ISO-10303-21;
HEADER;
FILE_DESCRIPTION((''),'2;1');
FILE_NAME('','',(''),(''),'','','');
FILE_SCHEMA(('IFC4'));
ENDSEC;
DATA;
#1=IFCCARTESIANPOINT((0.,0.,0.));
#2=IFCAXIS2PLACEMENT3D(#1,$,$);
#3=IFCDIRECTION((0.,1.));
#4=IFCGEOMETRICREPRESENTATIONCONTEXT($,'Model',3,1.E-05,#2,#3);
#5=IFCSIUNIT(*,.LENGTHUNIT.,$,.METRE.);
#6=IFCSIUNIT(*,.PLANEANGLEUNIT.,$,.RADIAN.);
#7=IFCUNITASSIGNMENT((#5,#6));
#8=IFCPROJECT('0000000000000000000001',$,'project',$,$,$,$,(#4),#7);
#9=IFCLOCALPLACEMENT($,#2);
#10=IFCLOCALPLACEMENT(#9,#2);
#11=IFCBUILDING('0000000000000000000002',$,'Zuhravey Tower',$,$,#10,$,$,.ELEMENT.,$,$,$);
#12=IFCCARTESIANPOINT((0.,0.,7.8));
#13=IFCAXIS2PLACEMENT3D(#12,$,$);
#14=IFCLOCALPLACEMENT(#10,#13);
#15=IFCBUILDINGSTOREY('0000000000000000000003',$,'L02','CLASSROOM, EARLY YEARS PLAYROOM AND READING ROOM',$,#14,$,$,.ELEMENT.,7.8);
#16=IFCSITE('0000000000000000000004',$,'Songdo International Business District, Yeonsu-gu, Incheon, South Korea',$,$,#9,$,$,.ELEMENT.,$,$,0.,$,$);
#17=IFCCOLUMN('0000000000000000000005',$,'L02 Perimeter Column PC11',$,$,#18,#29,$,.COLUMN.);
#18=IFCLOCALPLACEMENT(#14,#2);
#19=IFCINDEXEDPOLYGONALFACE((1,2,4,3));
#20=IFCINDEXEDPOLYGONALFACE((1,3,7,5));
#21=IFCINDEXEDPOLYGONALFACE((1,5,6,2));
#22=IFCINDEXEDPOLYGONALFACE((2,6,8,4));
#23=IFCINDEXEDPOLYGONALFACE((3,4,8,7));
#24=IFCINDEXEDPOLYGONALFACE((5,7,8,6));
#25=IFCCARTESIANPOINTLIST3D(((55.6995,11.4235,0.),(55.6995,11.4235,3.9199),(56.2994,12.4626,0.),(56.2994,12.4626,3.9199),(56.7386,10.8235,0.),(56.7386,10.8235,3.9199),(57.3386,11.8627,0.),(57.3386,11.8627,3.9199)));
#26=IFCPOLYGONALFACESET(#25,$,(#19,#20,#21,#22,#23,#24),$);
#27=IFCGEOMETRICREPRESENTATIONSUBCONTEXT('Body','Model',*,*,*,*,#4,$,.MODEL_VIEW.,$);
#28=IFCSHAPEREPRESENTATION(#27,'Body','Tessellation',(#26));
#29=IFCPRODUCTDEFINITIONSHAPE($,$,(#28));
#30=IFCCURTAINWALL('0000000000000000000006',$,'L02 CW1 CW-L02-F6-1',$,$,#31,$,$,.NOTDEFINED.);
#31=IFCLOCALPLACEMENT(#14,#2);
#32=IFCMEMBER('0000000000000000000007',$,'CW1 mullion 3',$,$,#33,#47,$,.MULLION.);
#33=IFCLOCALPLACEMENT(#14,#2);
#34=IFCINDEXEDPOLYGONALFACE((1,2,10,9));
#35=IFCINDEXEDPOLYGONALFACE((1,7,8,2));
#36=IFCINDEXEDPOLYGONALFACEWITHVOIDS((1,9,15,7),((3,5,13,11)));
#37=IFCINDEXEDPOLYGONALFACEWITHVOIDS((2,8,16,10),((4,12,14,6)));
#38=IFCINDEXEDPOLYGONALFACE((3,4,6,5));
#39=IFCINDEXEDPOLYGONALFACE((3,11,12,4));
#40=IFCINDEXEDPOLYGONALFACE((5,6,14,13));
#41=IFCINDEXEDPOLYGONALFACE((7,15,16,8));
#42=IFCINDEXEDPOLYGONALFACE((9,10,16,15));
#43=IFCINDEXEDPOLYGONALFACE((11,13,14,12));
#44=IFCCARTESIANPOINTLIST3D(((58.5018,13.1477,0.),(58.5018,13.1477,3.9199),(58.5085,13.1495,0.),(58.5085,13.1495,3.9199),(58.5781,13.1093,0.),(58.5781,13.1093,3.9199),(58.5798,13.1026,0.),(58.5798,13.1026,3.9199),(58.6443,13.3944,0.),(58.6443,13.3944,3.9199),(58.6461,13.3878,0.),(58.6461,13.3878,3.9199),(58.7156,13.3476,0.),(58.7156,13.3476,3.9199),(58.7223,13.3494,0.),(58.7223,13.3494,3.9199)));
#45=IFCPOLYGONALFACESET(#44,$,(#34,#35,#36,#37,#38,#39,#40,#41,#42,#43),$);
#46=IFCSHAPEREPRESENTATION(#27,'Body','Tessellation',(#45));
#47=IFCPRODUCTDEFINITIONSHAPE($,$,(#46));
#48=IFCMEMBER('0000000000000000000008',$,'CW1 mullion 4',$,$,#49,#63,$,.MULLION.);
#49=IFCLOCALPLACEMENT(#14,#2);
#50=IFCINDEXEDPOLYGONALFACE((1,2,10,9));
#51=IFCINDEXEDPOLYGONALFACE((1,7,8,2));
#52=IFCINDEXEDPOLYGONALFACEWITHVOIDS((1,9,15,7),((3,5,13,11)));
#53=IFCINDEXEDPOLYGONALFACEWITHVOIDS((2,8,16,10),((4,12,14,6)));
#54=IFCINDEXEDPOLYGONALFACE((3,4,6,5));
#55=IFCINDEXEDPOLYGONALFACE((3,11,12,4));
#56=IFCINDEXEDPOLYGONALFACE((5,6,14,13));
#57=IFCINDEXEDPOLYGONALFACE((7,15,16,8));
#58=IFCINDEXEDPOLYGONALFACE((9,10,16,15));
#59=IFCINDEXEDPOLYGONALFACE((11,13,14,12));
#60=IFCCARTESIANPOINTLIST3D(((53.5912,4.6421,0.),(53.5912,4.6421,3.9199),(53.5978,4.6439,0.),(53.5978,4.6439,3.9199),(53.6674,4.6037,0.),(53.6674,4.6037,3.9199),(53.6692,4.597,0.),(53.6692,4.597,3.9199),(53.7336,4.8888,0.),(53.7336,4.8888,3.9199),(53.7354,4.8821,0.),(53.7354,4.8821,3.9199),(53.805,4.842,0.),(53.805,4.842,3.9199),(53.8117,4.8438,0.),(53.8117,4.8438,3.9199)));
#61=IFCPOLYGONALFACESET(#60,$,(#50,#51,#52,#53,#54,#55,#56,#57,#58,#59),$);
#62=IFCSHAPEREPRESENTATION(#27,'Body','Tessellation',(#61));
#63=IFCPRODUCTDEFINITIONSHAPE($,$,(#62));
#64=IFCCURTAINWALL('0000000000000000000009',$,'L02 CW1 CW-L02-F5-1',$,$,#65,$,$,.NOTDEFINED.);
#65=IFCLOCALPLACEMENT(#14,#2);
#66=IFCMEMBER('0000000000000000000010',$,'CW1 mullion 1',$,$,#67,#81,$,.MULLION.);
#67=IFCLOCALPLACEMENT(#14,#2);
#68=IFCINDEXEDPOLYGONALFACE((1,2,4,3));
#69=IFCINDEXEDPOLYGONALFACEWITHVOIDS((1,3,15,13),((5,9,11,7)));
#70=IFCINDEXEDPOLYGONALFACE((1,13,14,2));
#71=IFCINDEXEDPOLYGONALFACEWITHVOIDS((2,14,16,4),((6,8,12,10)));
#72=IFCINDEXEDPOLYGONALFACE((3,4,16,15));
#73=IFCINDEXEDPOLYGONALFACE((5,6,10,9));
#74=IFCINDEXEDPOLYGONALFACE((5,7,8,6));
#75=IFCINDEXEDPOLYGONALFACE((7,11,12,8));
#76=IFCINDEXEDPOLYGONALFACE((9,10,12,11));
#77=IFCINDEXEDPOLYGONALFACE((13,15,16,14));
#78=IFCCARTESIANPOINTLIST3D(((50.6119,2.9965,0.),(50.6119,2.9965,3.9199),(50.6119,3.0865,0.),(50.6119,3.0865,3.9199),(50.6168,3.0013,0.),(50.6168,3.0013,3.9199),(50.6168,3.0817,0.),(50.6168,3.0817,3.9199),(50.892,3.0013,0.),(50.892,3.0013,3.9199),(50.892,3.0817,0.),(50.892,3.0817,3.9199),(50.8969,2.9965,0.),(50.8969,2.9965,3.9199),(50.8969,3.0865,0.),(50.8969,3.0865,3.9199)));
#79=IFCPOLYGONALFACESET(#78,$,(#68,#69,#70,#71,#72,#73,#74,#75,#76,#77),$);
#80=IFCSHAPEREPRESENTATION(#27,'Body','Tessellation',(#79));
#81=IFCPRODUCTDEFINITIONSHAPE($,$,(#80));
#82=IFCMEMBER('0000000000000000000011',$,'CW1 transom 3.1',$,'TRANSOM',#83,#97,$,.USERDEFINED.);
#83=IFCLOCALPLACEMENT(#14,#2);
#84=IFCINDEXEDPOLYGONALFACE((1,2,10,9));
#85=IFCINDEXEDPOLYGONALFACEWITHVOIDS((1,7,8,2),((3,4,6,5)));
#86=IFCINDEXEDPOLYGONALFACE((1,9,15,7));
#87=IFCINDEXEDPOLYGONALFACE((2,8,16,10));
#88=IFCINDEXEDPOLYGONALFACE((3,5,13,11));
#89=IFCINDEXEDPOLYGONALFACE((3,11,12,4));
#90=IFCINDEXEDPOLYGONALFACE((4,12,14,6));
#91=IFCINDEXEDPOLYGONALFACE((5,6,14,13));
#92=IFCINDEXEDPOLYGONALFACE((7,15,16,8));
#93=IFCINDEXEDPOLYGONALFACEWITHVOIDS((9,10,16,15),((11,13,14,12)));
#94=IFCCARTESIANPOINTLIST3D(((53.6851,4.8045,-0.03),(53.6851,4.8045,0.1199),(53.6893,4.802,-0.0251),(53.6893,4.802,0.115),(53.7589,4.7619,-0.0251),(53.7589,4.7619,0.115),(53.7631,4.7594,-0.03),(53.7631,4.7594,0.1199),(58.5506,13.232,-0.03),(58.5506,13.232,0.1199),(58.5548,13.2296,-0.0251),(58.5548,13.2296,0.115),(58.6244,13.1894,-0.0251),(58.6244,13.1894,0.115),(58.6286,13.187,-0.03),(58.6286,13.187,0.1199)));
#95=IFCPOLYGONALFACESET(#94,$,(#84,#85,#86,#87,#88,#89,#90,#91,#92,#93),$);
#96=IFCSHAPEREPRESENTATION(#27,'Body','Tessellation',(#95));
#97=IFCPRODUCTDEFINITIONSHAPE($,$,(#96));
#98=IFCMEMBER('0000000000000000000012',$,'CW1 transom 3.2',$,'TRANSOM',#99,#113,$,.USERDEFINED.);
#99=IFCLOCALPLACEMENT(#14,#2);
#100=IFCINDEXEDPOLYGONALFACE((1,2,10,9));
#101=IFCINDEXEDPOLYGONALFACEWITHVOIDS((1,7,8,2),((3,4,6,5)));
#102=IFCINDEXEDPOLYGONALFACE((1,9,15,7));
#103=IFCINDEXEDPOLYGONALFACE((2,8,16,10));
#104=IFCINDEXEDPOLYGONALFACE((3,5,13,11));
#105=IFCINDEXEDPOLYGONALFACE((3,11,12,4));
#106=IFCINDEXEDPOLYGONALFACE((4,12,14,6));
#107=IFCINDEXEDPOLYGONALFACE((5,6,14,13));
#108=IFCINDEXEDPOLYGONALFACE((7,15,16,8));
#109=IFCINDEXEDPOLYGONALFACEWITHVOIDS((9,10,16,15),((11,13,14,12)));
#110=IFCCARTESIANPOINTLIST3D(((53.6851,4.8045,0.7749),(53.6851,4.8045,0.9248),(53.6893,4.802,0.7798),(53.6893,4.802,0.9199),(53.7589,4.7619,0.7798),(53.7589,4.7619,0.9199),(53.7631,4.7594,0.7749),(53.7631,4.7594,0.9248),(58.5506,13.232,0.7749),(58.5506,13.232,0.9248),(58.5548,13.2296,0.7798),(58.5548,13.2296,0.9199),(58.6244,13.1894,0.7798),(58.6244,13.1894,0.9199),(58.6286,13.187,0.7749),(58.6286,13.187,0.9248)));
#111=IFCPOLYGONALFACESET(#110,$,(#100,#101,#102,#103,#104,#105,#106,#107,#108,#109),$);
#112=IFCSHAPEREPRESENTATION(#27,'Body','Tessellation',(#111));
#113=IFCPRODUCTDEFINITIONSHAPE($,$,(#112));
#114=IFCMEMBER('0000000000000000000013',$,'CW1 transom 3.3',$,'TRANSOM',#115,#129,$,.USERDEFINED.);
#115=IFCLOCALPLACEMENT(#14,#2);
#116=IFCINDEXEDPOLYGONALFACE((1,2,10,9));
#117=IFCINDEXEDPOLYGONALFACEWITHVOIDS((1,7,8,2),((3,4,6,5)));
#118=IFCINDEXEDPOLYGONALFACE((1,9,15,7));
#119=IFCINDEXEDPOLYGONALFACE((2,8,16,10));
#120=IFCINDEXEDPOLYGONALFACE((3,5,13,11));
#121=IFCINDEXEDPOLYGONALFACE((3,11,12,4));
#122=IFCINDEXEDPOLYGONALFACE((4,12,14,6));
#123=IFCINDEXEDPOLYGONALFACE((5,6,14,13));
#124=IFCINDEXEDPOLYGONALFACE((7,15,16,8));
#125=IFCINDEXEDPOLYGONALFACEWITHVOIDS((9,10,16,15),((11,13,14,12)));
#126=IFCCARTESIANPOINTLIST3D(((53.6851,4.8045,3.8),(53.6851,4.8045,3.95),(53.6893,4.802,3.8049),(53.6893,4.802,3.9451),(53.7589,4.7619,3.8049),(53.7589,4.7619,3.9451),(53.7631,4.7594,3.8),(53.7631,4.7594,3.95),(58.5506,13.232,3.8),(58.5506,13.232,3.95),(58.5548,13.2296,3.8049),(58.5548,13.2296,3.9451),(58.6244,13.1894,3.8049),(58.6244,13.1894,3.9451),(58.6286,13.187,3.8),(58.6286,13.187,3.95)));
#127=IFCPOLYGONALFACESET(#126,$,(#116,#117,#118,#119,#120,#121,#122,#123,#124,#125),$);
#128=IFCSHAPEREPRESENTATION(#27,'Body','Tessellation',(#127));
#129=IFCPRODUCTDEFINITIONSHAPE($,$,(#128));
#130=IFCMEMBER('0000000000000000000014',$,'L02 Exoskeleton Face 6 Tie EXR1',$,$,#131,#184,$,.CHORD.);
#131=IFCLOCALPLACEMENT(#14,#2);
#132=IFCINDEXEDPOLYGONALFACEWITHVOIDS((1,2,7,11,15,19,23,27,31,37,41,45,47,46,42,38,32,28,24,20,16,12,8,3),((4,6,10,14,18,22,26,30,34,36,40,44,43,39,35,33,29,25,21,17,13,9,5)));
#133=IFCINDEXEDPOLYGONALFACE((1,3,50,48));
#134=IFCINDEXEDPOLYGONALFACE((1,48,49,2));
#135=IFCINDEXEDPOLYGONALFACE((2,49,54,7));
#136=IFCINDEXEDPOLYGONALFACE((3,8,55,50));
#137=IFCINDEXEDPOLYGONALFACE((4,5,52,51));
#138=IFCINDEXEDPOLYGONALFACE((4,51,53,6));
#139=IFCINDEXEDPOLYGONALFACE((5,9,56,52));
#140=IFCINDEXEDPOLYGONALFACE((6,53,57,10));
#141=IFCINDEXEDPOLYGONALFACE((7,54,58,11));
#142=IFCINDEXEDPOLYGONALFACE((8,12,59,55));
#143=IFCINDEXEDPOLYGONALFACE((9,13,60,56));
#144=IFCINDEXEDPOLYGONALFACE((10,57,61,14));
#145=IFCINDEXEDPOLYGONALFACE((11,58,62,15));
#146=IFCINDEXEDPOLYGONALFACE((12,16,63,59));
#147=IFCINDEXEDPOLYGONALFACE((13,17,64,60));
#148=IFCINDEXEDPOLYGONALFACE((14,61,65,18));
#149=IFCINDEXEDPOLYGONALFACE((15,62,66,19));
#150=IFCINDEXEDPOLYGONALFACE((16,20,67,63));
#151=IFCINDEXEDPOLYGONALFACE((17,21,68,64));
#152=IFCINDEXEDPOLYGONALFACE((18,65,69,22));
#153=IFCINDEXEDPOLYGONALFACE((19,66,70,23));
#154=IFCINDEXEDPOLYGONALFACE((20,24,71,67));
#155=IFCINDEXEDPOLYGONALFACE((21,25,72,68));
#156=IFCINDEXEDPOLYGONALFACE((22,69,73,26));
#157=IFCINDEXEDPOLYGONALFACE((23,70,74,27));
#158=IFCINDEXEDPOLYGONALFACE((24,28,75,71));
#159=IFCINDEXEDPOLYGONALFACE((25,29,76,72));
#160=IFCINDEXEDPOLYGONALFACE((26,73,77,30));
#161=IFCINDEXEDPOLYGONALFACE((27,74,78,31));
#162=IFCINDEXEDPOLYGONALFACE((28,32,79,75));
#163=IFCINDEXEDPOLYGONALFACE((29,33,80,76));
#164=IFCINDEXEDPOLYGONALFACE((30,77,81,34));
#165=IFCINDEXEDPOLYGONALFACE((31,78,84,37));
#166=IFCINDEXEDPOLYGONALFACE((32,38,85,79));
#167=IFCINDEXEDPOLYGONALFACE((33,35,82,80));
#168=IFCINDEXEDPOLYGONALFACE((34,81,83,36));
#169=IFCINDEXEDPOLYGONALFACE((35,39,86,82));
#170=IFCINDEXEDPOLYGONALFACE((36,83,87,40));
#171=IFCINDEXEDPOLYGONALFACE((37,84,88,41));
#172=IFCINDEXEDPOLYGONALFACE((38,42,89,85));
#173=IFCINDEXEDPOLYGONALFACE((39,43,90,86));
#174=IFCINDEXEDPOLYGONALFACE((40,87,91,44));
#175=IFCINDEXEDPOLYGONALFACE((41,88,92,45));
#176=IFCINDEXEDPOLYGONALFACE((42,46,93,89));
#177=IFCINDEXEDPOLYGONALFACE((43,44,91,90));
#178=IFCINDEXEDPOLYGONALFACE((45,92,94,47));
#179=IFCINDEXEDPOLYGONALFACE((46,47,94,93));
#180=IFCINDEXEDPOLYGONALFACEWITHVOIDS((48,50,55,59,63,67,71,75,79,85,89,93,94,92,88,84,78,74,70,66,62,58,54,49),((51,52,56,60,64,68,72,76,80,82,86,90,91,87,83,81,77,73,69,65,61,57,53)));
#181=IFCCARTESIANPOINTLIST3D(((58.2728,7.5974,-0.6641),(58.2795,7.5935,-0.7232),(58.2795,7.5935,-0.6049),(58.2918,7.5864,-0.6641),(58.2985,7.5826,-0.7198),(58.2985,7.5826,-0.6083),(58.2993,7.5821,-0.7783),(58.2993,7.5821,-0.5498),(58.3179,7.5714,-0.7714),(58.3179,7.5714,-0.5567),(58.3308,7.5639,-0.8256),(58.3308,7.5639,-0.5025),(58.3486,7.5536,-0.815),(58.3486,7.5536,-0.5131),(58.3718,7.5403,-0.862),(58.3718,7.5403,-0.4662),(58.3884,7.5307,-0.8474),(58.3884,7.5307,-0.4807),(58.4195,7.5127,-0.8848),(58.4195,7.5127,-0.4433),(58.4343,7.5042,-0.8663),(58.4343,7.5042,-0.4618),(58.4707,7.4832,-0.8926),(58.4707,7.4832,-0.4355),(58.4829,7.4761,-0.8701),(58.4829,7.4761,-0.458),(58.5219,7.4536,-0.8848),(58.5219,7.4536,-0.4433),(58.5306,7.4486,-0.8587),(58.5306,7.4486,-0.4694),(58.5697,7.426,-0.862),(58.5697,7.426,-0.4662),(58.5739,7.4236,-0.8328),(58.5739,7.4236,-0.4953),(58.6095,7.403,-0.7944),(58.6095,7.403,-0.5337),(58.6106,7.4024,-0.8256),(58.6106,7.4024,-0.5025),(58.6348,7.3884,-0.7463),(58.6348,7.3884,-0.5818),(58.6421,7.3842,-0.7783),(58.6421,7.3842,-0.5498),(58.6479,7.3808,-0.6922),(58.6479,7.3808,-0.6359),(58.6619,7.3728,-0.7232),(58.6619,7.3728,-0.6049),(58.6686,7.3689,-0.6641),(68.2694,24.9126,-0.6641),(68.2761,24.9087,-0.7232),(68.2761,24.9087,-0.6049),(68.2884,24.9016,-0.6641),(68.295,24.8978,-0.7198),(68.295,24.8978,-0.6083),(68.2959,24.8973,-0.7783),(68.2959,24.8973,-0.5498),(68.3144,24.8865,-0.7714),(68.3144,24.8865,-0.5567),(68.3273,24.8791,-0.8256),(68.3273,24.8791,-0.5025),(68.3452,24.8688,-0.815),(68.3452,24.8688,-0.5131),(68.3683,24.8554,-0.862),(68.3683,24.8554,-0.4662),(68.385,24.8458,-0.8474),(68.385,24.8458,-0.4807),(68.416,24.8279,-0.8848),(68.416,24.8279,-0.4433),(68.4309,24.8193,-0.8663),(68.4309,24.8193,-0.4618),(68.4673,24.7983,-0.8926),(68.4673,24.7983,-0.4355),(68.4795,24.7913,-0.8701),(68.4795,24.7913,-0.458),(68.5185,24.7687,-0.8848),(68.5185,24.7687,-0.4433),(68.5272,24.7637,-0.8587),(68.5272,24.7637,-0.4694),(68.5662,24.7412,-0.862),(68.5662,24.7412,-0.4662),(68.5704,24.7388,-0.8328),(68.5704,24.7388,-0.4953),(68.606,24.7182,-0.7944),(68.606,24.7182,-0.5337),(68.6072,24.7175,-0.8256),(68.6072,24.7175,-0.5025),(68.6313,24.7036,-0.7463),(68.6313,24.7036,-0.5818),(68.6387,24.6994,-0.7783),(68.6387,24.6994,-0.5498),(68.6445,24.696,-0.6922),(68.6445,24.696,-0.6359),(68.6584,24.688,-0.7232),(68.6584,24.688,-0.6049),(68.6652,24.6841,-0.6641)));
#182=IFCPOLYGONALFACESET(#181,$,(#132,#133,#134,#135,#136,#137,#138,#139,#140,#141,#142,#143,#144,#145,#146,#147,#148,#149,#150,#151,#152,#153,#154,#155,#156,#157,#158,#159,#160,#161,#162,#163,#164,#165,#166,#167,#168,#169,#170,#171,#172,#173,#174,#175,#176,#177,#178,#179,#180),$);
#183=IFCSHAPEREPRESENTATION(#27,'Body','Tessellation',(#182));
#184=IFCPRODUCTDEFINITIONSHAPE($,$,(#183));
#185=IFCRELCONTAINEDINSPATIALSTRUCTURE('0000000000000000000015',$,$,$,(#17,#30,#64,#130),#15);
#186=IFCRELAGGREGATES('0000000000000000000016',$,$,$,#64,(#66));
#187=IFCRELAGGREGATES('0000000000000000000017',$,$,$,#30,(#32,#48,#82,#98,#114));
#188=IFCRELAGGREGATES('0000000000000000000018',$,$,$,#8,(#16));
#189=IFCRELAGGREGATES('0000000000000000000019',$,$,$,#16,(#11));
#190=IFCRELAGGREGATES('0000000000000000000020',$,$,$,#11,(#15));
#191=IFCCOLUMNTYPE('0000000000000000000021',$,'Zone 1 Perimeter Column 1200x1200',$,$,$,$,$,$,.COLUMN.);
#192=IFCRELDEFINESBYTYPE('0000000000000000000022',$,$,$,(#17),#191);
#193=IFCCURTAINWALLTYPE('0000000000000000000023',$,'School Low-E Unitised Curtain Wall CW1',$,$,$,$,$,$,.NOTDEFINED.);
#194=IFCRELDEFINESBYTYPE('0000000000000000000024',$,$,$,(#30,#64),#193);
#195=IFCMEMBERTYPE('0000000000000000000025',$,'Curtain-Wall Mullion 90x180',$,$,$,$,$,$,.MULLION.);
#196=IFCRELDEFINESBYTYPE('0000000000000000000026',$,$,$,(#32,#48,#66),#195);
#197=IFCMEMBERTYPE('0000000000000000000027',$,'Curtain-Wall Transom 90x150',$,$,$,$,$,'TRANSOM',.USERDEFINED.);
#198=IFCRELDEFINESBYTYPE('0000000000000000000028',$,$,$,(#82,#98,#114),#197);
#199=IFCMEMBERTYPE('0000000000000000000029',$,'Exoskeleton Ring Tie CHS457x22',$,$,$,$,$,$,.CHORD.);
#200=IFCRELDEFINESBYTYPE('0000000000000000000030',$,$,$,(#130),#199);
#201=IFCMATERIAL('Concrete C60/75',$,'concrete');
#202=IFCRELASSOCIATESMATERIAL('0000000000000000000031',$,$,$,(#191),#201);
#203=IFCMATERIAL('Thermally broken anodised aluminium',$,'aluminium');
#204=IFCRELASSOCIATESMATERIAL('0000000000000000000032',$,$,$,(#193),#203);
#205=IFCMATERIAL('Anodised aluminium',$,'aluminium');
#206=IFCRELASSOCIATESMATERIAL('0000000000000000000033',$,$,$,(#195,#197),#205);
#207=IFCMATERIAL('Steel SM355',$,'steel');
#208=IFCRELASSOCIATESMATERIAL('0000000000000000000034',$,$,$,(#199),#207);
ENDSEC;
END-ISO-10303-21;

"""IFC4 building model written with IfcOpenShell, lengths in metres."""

from ifc_helpers import new_model, si_unit, direction, frame, origin, origin_2d, place, context, subcontext, project, spatial, rectangle, hollow_rectangle, hollow_circle, extrude, material, material_profile, profile_set, type_object, element, aggregate, save


model = new_model("IFC4")

# Units and contexts
model_context = context("Model", 3, precision=1e-05, world=origin(), true_north=direction((0.0, 1.0)))
body_context = subcontext(model_context, "Body", "Model", "MODEL_VIEW")
ifc_project = project(units=[si_unit("LENGTHUNIT", "METRE"), si_unit("PLANEANGLEUNIT", "RADIAN")], contexts=[model_context])

# Site, building, storey
site_placement = place(None, origin())
site = spatial("IfcSite", under=ifc_project, at=site_placement, Name="Songdo International Business District, Yeonsu-gu, Incheon, South Korea", CompositionType="ELEMENT", RefElevation=0.0)
building_placement = place(site_placement, origin())
building = spatial("IfcBuilding", under=site, at=building_placement, Name="Zuhravey Tower", CompositionType="ELEMENT")
storey_placement = place(building_placement, frame((0.0, 0.0, 7.8)))
storey = spatial("IfcBuildingStorey", under=building, at=storey_placement, Name="L02", Description="CLASSROOM, EARLY YEARS PLAYROOM AND READING ROOM", CompositionType="ELEMENT", Elevation=7.8)

# Column
ifc_material_1 = material(Name="Concrete C60/75", Category="concrete")
ifc_material_profile_1 = material_profile(ifc_material_1, rectangle(XDim=1.2, YDim=1.2, at=origin_2d()), Name="RC-1200x1200")
ifc_profile_set_1 = profile_set([ifc_material_profile_1], Name="Concrete C60/75")
column_type = type_object("IfcColumnType", Name="Zone 1 Perimeter Column 1200x1200", PredefinedType="COLUMN", material=ifc_profile_set_1)
column_placement = place(storey_placement, frame((56.519, 11.6431, 0.0), z_axis=(0.0, 0.0, 1.0), x_axis=(0.5, 0.866025, 0.0)))
element("IfcColumn", 1, at=column_placement, inside=storey, type_object=column_type, Name="L02 Perimeter Column PC11", PredefinedType="COLUMN", context=body_context, shape_type="SweptSolid", body=[
    extrude(rectangle(XDim=1.2, YDim=1.2, at=origin_2d()), origin(), (0.0, 0.0, 1.0), 3.9199),
])

# Curtain wall, members
ifc_material_2 = material(Name="Thermally broken anodised aluminium", Category="aluminium")
curtain_wall_type = type_object("IfcCurtainWallType", Name="School Low-E Unitised Curtain Wall CW1", PredefinedType="NOTDEFINED", material=ifc_material_2)
curtain_wall_1_placement = place(storey_placement, origin())
curtain_wall_1 = element("IfcCurtainWall", 2, at=curtain_wall_1_placement, inside=storey, type_object=curtain_wall_type, Name="L02 CW1 CW-L02-F6-1", PredefinedType="NOTDEFINED")
ifc_material_3 = material(Name="Anodised aluminium", Category="aluminium")
ifc_material_profile_2 = material_profile(ifc_material_3, hollow_rectangle(XDim=0.0901, YDim=0.2849, WallThickness=0.0049, at=origin_2d()), Name="ALU-RHS-90x285x5")
ifc_profile_set_2 = profile_set([ifc_material_profile_2], Name="Anodised aluminium")
member_type_1 = type_object("IfcMemberType", Name="Curtain-Wall Mullion 90x180", PredefinedType="MULLION", material=ifc_profile_set_2)
member_1_placement = place(storey_placement, frame((58.6121, 13.2485, 0.0), z_axis=(0.0, 0.0, 1.0), x_axis=(0.866026, -0.5, 0.0)))
member_1 = element("IfcMember", 3, at=member_1_placement, type_object=member_type_1, Name="CW1 mullion 3", PredefinedType="MULLION", context=body_context, shape_type="SweptSolid", body=[
    extrude(hollow_rectangle(XDim=0.0901, YDim=0.2849, WallThickness=0.0049, at=origin_2d()), origin(), (0.0, 0.0, 1.0), 3.9199),
])
member_2_placement = place(storey_placement, frame((53.7014, 4.7429, 0.0), z_axis=(0.0, 0.0, 1.0), x_axis=(0.866026, -0.5, 0.0)))
member_2 = element("IfcMember", 4, at=member_2_placement, type_object=member_type_1, Name="CW1 mullion 4", PredefinedType="MULLION", context=body_context, shape_type="SweptSolid", body=[
    extrude(hollow_rectangle(XDim=0.0901, YDim=0.2849, WallThickness=0.0049, at=origin_2d()), origin(), (0.0, 0.0, 1.0), 3.9199),
])

# Curtain wall, member
curtain_wall_2_placement = place(storey_placement, origin())
curtain_wall_2 = element("IfcCurtainWall", 5, at=curtain_wall_2_placement, inside=storey, type_object=curtain_wall_type, Name="L02 CW1 CW-L02-F5-1", PredefinedType="NOTDEFINED")
member_3_placement = place(storey_placement, frame((50.7544, 3.0415, 0.0), z_axis=(0.0, 0.0, 1.0), x_axis=(0.0, -1.0, 0.0)))
member_3 = element("IfcMember", 6, at=member_3_placement, type_object=member_type_1, Name="CW1 mullion 1", PredefinedType="MULLION", context=body_context, shape_type="SweptSolid", body=[
    extrude(hollow_rectangle(XDim=0.0901, YDim=0.2849, WallThickness=0.0049, at=origin_2d()), origin(), (0.0, 0.0, 1.0), 3.9199),
])
aggregate(curtain_wall_2, [member_3])

# Members
ifc_material_profile_3 = material_profile(ifc_material_3, hollow_rectangle(XDim=0.0901, YDim=0.1499, WallThickness=0.0049, at=origin_2d()), Name="ALU-RHS-90x150x5")
ifc_profile_set_3 = profile_set([ifc_material_profile_3], Name="Anodised aluminium")
member_type_2 = type_object("IfcMemberType", Name="Curtain-Wall Transom 90x150", ElementType="TRANSOM", PredefinedType="USERDEFINED", material=ifc_profile_set_3)
member_4_placement = place(storey_placement, frame((58.5896, 13.2095, 0.0449), z_axis=(-0.49999, -0.866031, 0.0), x_axis=(0.866031, -0.49999, 0.0)))
member_4 = element("IfcMember", 7, at=member_4_placement, type_object=member_type_2, Name="CW1 transom 3.1", ObjectType="TRANSOM", PredefinedType="USERDEFINED", context=body_context, shape_type="SweptSolid", body=[
    extrude(hollow_rectangle(XDim=0.0901, YDim=0.1499, WallThickness=0.0049, at=origin_2d()), origin(), (0.0, 0.0, 1.0), 9.7312),
])
member_5_placement = place(storey_placement, frame((58.5896, 13.2095, 0.8499), z_axis=(-0.49999, -0.866031, 0.0), x_axis=(0.866031, -0.49999, 0.0)))
member_5 = element("IfcMember", 8, at=member_5_placement, type_object=member_type_2, Name="CW1 transom 3.2", ObjectType="TRANSOM", PredefinedType="USERDEFINED", context=body_context, shape_type="SweptSolid", body=[
    extrude(hollow_rectangle(XDim=0.0901, YDim=0.1499, WallThickness=0.0049, at=origin_2d()), origin(), (0.0, 0.0, 1.0), 9.7312),
])
member_6_placement = place(storey_placement, frame((58.5896, 13.2095, 3.875), z_axis=(-0.49999, -0.866031, 0.0), x_axis=(0.866031, -0.49999, 0.0)))
member_6 = element("IfcMember", 9, at=member_6_placement, type_object=member_type_2, Name="CW1 transom 3.3", ObjectType="TRANSOM", PredefinedType="USERDEFINED", context=body_context, shape_type="SweptSolid", body=[
    extrude(hollow_rectangle(XDim=0.0901, YDim=0.1499, WallThickness=0.0049, at=origin_2d()), origin(), (0.0, 0.0, 1.0), 9.7312),
])

# Member
ifc_material_4 = material(Name="Steel SM355", Category="steel")
ifc_material_profile_4 = material_profile(ifc_material_4, hollow_circle(Radius=0.2285, WallThickness=0.022, at=origin_2d()), Name="CHS-457.2x22")
ifc_profile_set_4 = profile_set([ifc_material_profile_4], Name="Steel SM355")
member_type_3 = type_object("IfcMemberType", Name="Exoskeleton Ring Tie CHS457x22", PredefinedType="CHORD", material=ifc_profile_set_4)
member_7_placement = place(storey_placement, frame((58.4707, 7.4832, -0.6641), z_axis=(0.499987, 0.866033, 0.0), x_axis=(-0.866033, 0.499987, 0.0)))
element("IfcMember", 10, at=member_7_placement, inside=storey, type_object=member_type_3, Name="L02 Exoskeleton Face 6 Tie EXR1", PredefinedType="CHORD", context=body_context, shape_type="SweptSolid", body=[
    extrude(hollow_circle(Radius=0.2285, WallThickness=0.022, at=origin_2d()), origin(), (0.0, 0.0, 1.0), 19.9937),
])

aggregate(curtain_wall_1, [member_1, member_2, member_4, member_5, member_6])

save(model, "model.ifc")
